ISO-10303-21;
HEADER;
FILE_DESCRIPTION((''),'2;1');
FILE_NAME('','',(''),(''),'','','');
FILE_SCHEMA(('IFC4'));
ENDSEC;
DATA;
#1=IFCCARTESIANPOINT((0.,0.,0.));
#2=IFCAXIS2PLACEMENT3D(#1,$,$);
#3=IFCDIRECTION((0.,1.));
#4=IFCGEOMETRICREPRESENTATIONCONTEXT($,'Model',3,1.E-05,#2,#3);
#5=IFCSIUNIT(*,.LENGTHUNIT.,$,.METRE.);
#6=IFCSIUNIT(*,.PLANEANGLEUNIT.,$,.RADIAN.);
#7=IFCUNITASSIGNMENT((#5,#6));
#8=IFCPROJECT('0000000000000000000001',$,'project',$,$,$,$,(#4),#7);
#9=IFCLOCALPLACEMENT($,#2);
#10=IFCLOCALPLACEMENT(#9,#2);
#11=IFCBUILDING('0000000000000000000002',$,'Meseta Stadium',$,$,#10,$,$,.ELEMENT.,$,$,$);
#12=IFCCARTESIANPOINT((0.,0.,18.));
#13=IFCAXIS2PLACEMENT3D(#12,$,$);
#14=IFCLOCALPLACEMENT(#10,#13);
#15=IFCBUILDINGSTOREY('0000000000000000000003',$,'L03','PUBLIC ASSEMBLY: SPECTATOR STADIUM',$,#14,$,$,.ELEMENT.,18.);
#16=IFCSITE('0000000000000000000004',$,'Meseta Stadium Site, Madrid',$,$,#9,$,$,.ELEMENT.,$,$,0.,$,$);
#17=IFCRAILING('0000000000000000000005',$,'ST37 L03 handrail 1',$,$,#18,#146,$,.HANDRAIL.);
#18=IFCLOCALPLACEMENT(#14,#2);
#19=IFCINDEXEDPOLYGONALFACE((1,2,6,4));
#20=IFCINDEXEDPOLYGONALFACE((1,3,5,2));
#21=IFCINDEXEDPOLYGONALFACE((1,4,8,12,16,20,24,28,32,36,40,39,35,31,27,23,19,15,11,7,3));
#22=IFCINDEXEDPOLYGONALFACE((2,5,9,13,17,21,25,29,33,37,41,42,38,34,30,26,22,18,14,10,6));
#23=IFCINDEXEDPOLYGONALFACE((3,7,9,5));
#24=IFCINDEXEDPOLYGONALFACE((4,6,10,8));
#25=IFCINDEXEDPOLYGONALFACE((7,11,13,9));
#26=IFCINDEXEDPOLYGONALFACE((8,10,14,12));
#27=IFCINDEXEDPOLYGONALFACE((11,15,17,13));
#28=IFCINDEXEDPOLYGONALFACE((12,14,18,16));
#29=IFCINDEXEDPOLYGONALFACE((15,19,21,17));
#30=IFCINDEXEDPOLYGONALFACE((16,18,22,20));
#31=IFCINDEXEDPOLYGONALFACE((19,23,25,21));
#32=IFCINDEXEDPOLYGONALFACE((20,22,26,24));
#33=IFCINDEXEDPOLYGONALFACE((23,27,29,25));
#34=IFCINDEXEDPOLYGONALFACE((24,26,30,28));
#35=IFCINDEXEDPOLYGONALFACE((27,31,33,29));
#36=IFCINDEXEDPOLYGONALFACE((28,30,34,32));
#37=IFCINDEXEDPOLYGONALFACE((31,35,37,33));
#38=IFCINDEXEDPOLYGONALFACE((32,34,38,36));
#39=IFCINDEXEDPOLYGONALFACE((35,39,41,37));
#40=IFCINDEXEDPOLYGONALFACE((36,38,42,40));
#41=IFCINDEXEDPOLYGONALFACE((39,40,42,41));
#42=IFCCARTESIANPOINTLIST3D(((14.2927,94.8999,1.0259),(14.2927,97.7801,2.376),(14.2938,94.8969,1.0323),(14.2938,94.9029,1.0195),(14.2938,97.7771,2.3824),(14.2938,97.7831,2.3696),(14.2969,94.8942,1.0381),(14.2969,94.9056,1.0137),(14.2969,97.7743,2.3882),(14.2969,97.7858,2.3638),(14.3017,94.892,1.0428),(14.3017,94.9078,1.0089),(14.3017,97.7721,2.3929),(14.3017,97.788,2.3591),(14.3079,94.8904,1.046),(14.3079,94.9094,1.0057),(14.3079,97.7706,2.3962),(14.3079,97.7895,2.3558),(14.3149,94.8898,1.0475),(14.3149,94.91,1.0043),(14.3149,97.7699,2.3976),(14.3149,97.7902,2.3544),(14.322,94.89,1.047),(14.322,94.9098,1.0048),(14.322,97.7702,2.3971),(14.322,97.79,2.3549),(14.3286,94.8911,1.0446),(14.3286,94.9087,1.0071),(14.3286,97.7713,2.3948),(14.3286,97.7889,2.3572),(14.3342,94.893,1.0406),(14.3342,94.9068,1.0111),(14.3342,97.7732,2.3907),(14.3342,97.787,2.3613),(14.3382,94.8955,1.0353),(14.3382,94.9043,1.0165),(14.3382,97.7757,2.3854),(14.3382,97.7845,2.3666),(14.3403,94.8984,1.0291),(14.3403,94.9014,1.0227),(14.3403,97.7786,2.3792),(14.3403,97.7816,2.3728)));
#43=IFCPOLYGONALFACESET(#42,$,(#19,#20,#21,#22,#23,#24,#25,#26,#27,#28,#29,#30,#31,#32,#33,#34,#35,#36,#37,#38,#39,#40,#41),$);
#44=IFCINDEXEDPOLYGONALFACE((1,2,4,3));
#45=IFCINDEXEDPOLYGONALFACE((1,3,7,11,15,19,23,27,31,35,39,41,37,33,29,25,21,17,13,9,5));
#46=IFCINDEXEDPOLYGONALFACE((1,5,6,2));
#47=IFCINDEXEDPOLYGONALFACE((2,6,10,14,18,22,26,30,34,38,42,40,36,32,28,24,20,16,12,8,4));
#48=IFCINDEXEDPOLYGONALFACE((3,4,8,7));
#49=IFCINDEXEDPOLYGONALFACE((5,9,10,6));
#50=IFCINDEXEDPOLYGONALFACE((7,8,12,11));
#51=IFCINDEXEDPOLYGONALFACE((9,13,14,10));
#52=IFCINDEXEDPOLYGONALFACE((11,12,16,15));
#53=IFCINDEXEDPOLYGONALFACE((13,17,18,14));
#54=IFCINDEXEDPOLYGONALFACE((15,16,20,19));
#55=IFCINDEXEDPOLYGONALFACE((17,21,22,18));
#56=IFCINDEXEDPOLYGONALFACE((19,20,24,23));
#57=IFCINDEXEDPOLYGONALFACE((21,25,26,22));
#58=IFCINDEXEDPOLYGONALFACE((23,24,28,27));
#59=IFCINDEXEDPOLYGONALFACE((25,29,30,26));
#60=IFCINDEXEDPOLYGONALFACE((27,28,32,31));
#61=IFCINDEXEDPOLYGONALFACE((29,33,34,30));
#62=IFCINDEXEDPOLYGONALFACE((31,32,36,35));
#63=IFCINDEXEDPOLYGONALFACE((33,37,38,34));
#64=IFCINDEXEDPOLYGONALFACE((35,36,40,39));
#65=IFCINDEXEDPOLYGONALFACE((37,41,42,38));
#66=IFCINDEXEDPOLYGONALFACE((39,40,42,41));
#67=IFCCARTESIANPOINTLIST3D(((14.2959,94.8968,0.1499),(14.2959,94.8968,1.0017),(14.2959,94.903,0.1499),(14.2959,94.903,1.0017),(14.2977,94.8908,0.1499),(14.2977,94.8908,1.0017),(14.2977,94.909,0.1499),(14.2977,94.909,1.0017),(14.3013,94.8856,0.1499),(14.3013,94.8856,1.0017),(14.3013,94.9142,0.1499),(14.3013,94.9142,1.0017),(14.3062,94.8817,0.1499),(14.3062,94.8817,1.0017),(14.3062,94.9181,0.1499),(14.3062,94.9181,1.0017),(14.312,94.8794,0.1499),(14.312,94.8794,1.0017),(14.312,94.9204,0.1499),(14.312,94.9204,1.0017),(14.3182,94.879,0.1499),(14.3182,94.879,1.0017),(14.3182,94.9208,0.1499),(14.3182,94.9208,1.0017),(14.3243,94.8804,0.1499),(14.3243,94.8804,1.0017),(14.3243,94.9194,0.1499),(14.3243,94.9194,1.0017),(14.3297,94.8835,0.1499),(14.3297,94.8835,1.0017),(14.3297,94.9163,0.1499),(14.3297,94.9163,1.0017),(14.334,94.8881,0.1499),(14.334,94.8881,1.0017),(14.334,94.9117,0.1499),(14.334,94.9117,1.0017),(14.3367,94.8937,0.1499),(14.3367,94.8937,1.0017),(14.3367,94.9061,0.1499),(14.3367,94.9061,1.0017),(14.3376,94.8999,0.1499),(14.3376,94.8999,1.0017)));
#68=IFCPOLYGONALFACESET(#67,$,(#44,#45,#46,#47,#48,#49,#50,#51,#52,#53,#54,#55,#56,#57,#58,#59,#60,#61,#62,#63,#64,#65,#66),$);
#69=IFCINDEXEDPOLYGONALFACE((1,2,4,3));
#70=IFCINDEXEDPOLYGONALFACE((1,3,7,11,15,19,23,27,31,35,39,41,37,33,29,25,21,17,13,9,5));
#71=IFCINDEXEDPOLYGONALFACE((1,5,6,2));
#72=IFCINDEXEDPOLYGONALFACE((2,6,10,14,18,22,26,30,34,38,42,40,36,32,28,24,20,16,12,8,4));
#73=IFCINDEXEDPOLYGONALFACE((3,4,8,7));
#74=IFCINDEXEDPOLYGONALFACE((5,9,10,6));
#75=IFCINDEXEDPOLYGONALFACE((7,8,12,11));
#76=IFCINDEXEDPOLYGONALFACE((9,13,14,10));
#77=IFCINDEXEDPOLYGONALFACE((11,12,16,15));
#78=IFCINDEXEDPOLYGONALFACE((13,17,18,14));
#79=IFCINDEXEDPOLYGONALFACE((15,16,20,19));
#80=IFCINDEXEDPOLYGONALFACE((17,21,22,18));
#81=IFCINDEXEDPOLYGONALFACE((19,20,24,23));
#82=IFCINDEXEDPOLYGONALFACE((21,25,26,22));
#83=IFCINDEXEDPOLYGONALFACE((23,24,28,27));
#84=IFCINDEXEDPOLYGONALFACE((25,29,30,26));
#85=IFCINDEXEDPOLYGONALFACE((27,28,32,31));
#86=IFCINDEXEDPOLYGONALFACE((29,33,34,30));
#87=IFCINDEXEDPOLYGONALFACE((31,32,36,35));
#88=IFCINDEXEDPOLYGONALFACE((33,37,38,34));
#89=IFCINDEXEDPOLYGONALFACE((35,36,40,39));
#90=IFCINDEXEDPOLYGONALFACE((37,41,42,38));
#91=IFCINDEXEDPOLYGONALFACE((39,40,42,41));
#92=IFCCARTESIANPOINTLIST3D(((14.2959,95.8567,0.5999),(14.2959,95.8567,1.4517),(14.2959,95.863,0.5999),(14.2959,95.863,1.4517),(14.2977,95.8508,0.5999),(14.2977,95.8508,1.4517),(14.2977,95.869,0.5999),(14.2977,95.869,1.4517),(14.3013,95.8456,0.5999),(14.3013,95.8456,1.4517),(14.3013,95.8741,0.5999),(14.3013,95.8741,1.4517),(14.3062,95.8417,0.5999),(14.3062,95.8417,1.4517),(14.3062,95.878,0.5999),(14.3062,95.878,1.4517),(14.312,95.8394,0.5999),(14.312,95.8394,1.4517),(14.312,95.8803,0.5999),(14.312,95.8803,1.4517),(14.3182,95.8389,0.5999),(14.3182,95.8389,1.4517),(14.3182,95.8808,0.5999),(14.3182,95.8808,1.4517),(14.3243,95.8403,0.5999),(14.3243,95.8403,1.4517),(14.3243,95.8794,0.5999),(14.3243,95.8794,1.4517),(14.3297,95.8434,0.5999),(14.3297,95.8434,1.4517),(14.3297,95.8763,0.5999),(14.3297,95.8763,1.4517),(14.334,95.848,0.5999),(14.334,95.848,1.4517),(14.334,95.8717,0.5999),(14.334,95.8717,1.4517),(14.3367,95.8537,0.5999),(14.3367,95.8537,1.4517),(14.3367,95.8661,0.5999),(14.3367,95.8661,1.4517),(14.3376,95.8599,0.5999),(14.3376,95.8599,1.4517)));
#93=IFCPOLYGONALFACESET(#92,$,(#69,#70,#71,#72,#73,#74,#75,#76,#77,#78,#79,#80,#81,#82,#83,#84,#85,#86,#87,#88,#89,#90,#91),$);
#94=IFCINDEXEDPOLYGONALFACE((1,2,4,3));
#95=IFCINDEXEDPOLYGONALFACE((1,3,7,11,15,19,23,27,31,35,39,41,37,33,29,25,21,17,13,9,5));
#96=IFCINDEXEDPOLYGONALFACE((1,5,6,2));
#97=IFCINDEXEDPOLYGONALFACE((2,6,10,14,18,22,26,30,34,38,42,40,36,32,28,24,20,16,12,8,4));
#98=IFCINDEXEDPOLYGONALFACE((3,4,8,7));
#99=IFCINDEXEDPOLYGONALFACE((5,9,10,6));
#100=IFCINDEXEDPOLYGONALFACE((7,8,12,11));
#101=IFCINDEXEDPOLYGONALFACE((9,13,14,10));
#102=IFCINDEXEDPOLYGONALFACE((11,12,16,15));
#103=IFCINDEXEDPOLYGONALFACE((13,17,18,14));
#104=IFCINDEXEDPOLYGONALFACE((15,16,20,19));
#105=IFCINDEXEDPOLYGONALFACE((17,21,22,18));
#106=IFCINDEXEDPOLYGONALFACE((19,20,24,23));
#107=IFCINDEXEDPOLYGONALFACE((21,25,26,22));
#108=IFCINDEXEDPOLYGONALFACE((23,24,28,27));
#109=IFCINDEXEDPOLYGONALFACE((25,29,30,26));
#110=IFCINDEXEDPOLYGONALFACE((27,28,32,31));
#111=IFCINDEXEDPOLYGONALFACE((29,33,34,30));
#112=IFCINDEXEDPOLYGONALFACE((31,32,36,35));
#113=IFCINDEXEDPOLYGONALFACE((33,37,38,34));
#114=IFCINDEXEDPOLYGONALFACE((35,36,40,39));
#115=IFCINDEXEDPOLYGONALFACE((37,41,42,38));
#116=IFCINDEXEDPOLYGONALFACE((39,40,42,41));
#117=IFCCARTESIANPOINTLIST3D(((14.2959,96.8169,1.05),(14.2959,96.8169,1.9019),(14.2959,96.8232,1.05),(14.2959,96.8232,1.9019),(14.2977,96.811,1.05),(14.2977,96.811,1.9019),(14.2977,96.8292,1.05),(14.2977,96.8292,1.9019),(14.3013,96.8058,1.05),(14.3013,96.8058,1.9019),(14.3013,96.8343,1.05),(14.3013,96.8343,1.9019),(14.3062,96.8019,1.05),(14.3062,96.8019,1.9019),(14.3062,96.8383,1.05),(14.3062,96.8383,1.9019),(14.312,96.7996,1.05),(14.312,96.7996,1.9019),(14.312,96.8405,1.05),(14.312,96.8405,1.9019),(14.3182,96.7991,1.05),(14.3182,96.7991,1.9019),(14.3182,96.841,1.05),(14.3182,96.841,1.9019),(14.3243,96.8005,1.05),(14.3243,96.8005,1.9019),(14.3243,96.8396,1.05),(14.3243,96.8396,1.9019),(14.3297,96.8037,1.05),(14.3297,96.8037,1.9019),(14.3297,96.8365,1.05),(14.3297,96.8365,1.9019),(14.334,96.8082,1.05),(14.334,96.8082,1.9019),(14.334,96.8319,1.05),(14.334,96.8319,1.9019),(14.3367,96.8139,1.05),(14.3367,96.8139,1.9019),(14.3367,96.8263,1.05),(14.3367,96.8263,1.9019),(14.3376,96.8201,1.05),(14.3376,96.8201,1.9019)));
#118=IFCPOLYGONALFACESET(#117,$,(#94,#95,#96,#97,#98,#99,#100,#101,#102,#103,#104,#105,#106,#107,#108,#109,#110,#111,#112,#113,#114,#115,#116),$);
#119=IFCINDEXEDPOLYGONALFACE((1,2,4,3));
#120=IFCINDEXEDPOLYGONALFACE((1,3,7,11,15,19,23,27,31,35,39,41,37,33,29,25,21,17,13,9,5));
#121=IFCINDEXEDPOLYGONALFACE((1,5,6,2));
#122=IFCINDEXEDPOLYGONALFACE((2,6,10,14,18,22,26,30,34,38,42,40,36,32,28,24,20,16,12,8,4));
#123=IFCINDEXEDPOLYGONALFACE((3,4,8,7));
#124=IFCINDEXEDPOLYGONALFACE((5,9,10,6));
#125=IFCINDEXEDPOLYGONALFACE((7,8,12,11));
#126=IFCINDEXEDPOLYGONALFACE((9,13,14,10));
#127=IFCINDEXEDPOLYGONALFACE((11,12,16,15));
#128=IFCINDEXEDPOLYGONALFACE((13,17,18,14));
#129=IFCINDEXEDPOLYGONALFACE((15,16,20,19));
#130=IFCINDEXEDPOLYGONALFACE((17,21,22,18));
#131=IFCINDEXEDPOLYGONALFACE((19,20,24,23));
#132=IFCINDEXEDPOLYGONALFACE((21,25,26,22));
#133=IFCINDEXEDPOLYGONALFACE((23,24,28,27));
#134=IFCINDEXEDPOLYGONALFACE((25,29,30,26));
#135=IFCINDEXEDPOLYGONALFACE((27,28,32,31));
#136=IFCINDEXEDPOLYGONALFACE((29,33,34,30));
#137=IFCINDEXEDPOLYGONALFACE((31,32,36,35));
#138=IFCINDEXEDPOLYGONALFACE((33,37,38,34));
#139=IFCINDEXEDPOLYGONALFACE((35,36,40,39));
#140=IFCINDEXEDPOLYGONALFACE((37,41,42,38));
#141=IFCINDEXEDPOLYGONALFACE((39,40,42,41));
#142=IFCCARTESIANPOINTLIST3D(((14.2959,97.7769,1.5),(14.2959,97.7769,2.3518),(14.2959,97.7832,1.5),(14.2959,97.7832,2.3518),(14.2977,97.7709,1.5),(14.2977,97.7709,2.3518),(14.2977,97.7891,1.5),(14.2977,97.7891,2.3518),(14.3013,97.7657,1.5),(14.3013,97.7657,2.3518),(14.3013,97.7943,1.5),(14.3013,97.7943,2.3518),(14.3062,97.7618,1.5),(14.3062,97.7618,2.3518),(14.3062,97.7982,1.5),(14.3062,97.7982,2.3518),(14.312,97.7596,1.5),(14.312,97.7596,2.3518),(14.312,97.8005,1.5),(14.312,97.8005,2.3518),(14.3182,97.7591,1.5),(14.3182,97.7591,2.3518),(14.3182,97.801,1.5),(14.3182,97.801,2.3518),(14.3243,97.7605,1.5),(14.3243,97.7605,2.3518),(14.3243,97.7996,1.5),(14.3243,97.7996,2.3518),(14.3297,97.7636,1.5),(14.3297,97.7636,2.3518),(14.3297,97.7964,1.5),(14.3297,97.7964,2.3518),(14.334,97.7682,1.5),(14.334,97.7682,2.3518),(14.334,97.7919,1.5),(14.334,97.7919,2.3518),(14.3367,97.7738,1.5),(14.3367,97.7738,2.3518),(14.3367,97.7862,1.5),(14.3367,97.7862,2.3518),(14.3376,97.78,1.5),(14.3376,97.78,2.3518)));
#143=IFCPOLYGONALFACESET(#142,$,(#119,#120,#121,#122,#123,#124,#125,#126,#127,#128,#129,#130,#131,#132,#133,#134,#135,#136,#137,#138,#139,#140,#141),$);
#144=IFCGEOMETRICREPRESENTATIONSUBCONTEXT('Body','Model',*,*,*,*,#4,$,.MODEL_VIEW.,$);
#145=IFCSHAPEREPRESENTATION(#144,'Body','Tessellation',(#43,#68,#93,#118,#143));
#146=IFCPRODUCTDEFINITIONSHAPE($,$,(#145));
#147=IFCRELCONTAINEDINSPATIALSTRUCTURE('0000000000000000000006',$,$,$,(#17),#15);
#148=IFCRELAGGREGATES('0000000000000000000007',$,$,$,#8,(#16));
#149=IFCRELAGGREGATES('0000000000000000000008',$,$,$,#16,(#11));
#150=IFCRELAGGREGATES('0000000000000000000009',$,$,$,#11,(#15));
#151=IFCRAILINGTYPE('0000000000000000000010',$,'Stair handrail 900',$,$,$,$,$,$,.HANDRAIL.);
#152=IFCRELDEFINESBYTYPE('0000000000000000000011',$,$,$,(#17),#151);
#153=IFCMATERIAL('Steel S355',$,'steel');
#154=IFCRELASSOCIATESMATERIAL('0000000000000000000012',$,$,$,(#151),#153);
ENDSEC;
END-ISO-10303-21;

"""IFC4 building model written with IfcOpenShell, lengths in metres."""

from ifc_helpers import new_model, si_unit, direction, frame, origin, origin_2d, place, context, subcontext, project, spatial, circle, extrude, material, type_object, element, save


model = new_model("IFC4")

# Units and contexts
model_context = context("Model", 3, precision=1e-05, world=origin(), true_north=direction((0.0, 1.0)))
body_context = subcontext(model_context, "Body", "Model", "MODEL_VIEW")
ifc_project = project(units=[si_unit("LENGTHUNIT", "METRE"), si_unit("PLANEANGLEUNIT", "RADIAN")], contexts=[model_context])

# Site, building, storey
site_placement = place(None, origin())
site = spatial("IfcSite", under=ifc_project, at=site_placement, Name="Meseta Stadium Site, Madrid", CompositionType="ELEMENT", RefElevation=0.0)
building_placement = place(site_placement, origin())
building = spatial("IfcBuilding", under=site, at=building_placement, Name="Meseta Stadium", CompositionType="ELEMENT")
storey_placement = place(building_placement, frame((0.0, 0.0, 18.0)))
storey = spatial("IfcBuildingStorey", under=building, at=storey_placement, Name="L03", Description="PUBLIC ASSEMBLY: SPECTATOR STADIUM", CompositionType="ELEMENT", Elevation=18.0)

# Railing
ifc_material_1 = material(Name="Steel S355", Category="steel")
railing_type_1 = type_object("IfcRailingType", Name="Stair handrail 900", PredefinedType="HANDRAIL", material=ifc_material_1)
railing_1_placement = place(storey_placement, frame((14.3167, 94.8999, 0.1499)))
element("IfcRailing", 1, at=railing_1_placement, inside=storey, type_object=railing_type_1, Name="ST37 L03 handrail 1", PredefinedType="HANDRAIL", context=body_context, shape_type="SweptSolid", body=[
    extrude(circle(Radius=0.0239, at=origin_2d()), frame((0.0, 0.0, 0.876), z_axis=(0.0, 0.905454, 0.424444), x_axis=(-1.0, 0.0, 0.0)), (0.0, 0.0, 1.0), 3.1809),
    extrude(circle(Radius=0.021, at=origin_2d()), origin(), (0.0, 0.0, 1.0), 0.8518),
    extrude(circle(Radius=0.021, at=origin_2d()), frame((0.0, 0.96, 0.45)), (0.0, 0.0, 1.0), 0.8518),
    extrude(circle(Radius=0.021, at=origin_2d()), frame((0.0, 1.9202, 0.9001)), (0.0, 0.0, 1.0), 0.8518),
    extrude(circle(Radius=0.021, at=origin_2d()), frame((0.0, 2.8801, 1.3501)), (0.0, 0.0, 1.0), 0.8518),
])

save(model, "model.ifc")
